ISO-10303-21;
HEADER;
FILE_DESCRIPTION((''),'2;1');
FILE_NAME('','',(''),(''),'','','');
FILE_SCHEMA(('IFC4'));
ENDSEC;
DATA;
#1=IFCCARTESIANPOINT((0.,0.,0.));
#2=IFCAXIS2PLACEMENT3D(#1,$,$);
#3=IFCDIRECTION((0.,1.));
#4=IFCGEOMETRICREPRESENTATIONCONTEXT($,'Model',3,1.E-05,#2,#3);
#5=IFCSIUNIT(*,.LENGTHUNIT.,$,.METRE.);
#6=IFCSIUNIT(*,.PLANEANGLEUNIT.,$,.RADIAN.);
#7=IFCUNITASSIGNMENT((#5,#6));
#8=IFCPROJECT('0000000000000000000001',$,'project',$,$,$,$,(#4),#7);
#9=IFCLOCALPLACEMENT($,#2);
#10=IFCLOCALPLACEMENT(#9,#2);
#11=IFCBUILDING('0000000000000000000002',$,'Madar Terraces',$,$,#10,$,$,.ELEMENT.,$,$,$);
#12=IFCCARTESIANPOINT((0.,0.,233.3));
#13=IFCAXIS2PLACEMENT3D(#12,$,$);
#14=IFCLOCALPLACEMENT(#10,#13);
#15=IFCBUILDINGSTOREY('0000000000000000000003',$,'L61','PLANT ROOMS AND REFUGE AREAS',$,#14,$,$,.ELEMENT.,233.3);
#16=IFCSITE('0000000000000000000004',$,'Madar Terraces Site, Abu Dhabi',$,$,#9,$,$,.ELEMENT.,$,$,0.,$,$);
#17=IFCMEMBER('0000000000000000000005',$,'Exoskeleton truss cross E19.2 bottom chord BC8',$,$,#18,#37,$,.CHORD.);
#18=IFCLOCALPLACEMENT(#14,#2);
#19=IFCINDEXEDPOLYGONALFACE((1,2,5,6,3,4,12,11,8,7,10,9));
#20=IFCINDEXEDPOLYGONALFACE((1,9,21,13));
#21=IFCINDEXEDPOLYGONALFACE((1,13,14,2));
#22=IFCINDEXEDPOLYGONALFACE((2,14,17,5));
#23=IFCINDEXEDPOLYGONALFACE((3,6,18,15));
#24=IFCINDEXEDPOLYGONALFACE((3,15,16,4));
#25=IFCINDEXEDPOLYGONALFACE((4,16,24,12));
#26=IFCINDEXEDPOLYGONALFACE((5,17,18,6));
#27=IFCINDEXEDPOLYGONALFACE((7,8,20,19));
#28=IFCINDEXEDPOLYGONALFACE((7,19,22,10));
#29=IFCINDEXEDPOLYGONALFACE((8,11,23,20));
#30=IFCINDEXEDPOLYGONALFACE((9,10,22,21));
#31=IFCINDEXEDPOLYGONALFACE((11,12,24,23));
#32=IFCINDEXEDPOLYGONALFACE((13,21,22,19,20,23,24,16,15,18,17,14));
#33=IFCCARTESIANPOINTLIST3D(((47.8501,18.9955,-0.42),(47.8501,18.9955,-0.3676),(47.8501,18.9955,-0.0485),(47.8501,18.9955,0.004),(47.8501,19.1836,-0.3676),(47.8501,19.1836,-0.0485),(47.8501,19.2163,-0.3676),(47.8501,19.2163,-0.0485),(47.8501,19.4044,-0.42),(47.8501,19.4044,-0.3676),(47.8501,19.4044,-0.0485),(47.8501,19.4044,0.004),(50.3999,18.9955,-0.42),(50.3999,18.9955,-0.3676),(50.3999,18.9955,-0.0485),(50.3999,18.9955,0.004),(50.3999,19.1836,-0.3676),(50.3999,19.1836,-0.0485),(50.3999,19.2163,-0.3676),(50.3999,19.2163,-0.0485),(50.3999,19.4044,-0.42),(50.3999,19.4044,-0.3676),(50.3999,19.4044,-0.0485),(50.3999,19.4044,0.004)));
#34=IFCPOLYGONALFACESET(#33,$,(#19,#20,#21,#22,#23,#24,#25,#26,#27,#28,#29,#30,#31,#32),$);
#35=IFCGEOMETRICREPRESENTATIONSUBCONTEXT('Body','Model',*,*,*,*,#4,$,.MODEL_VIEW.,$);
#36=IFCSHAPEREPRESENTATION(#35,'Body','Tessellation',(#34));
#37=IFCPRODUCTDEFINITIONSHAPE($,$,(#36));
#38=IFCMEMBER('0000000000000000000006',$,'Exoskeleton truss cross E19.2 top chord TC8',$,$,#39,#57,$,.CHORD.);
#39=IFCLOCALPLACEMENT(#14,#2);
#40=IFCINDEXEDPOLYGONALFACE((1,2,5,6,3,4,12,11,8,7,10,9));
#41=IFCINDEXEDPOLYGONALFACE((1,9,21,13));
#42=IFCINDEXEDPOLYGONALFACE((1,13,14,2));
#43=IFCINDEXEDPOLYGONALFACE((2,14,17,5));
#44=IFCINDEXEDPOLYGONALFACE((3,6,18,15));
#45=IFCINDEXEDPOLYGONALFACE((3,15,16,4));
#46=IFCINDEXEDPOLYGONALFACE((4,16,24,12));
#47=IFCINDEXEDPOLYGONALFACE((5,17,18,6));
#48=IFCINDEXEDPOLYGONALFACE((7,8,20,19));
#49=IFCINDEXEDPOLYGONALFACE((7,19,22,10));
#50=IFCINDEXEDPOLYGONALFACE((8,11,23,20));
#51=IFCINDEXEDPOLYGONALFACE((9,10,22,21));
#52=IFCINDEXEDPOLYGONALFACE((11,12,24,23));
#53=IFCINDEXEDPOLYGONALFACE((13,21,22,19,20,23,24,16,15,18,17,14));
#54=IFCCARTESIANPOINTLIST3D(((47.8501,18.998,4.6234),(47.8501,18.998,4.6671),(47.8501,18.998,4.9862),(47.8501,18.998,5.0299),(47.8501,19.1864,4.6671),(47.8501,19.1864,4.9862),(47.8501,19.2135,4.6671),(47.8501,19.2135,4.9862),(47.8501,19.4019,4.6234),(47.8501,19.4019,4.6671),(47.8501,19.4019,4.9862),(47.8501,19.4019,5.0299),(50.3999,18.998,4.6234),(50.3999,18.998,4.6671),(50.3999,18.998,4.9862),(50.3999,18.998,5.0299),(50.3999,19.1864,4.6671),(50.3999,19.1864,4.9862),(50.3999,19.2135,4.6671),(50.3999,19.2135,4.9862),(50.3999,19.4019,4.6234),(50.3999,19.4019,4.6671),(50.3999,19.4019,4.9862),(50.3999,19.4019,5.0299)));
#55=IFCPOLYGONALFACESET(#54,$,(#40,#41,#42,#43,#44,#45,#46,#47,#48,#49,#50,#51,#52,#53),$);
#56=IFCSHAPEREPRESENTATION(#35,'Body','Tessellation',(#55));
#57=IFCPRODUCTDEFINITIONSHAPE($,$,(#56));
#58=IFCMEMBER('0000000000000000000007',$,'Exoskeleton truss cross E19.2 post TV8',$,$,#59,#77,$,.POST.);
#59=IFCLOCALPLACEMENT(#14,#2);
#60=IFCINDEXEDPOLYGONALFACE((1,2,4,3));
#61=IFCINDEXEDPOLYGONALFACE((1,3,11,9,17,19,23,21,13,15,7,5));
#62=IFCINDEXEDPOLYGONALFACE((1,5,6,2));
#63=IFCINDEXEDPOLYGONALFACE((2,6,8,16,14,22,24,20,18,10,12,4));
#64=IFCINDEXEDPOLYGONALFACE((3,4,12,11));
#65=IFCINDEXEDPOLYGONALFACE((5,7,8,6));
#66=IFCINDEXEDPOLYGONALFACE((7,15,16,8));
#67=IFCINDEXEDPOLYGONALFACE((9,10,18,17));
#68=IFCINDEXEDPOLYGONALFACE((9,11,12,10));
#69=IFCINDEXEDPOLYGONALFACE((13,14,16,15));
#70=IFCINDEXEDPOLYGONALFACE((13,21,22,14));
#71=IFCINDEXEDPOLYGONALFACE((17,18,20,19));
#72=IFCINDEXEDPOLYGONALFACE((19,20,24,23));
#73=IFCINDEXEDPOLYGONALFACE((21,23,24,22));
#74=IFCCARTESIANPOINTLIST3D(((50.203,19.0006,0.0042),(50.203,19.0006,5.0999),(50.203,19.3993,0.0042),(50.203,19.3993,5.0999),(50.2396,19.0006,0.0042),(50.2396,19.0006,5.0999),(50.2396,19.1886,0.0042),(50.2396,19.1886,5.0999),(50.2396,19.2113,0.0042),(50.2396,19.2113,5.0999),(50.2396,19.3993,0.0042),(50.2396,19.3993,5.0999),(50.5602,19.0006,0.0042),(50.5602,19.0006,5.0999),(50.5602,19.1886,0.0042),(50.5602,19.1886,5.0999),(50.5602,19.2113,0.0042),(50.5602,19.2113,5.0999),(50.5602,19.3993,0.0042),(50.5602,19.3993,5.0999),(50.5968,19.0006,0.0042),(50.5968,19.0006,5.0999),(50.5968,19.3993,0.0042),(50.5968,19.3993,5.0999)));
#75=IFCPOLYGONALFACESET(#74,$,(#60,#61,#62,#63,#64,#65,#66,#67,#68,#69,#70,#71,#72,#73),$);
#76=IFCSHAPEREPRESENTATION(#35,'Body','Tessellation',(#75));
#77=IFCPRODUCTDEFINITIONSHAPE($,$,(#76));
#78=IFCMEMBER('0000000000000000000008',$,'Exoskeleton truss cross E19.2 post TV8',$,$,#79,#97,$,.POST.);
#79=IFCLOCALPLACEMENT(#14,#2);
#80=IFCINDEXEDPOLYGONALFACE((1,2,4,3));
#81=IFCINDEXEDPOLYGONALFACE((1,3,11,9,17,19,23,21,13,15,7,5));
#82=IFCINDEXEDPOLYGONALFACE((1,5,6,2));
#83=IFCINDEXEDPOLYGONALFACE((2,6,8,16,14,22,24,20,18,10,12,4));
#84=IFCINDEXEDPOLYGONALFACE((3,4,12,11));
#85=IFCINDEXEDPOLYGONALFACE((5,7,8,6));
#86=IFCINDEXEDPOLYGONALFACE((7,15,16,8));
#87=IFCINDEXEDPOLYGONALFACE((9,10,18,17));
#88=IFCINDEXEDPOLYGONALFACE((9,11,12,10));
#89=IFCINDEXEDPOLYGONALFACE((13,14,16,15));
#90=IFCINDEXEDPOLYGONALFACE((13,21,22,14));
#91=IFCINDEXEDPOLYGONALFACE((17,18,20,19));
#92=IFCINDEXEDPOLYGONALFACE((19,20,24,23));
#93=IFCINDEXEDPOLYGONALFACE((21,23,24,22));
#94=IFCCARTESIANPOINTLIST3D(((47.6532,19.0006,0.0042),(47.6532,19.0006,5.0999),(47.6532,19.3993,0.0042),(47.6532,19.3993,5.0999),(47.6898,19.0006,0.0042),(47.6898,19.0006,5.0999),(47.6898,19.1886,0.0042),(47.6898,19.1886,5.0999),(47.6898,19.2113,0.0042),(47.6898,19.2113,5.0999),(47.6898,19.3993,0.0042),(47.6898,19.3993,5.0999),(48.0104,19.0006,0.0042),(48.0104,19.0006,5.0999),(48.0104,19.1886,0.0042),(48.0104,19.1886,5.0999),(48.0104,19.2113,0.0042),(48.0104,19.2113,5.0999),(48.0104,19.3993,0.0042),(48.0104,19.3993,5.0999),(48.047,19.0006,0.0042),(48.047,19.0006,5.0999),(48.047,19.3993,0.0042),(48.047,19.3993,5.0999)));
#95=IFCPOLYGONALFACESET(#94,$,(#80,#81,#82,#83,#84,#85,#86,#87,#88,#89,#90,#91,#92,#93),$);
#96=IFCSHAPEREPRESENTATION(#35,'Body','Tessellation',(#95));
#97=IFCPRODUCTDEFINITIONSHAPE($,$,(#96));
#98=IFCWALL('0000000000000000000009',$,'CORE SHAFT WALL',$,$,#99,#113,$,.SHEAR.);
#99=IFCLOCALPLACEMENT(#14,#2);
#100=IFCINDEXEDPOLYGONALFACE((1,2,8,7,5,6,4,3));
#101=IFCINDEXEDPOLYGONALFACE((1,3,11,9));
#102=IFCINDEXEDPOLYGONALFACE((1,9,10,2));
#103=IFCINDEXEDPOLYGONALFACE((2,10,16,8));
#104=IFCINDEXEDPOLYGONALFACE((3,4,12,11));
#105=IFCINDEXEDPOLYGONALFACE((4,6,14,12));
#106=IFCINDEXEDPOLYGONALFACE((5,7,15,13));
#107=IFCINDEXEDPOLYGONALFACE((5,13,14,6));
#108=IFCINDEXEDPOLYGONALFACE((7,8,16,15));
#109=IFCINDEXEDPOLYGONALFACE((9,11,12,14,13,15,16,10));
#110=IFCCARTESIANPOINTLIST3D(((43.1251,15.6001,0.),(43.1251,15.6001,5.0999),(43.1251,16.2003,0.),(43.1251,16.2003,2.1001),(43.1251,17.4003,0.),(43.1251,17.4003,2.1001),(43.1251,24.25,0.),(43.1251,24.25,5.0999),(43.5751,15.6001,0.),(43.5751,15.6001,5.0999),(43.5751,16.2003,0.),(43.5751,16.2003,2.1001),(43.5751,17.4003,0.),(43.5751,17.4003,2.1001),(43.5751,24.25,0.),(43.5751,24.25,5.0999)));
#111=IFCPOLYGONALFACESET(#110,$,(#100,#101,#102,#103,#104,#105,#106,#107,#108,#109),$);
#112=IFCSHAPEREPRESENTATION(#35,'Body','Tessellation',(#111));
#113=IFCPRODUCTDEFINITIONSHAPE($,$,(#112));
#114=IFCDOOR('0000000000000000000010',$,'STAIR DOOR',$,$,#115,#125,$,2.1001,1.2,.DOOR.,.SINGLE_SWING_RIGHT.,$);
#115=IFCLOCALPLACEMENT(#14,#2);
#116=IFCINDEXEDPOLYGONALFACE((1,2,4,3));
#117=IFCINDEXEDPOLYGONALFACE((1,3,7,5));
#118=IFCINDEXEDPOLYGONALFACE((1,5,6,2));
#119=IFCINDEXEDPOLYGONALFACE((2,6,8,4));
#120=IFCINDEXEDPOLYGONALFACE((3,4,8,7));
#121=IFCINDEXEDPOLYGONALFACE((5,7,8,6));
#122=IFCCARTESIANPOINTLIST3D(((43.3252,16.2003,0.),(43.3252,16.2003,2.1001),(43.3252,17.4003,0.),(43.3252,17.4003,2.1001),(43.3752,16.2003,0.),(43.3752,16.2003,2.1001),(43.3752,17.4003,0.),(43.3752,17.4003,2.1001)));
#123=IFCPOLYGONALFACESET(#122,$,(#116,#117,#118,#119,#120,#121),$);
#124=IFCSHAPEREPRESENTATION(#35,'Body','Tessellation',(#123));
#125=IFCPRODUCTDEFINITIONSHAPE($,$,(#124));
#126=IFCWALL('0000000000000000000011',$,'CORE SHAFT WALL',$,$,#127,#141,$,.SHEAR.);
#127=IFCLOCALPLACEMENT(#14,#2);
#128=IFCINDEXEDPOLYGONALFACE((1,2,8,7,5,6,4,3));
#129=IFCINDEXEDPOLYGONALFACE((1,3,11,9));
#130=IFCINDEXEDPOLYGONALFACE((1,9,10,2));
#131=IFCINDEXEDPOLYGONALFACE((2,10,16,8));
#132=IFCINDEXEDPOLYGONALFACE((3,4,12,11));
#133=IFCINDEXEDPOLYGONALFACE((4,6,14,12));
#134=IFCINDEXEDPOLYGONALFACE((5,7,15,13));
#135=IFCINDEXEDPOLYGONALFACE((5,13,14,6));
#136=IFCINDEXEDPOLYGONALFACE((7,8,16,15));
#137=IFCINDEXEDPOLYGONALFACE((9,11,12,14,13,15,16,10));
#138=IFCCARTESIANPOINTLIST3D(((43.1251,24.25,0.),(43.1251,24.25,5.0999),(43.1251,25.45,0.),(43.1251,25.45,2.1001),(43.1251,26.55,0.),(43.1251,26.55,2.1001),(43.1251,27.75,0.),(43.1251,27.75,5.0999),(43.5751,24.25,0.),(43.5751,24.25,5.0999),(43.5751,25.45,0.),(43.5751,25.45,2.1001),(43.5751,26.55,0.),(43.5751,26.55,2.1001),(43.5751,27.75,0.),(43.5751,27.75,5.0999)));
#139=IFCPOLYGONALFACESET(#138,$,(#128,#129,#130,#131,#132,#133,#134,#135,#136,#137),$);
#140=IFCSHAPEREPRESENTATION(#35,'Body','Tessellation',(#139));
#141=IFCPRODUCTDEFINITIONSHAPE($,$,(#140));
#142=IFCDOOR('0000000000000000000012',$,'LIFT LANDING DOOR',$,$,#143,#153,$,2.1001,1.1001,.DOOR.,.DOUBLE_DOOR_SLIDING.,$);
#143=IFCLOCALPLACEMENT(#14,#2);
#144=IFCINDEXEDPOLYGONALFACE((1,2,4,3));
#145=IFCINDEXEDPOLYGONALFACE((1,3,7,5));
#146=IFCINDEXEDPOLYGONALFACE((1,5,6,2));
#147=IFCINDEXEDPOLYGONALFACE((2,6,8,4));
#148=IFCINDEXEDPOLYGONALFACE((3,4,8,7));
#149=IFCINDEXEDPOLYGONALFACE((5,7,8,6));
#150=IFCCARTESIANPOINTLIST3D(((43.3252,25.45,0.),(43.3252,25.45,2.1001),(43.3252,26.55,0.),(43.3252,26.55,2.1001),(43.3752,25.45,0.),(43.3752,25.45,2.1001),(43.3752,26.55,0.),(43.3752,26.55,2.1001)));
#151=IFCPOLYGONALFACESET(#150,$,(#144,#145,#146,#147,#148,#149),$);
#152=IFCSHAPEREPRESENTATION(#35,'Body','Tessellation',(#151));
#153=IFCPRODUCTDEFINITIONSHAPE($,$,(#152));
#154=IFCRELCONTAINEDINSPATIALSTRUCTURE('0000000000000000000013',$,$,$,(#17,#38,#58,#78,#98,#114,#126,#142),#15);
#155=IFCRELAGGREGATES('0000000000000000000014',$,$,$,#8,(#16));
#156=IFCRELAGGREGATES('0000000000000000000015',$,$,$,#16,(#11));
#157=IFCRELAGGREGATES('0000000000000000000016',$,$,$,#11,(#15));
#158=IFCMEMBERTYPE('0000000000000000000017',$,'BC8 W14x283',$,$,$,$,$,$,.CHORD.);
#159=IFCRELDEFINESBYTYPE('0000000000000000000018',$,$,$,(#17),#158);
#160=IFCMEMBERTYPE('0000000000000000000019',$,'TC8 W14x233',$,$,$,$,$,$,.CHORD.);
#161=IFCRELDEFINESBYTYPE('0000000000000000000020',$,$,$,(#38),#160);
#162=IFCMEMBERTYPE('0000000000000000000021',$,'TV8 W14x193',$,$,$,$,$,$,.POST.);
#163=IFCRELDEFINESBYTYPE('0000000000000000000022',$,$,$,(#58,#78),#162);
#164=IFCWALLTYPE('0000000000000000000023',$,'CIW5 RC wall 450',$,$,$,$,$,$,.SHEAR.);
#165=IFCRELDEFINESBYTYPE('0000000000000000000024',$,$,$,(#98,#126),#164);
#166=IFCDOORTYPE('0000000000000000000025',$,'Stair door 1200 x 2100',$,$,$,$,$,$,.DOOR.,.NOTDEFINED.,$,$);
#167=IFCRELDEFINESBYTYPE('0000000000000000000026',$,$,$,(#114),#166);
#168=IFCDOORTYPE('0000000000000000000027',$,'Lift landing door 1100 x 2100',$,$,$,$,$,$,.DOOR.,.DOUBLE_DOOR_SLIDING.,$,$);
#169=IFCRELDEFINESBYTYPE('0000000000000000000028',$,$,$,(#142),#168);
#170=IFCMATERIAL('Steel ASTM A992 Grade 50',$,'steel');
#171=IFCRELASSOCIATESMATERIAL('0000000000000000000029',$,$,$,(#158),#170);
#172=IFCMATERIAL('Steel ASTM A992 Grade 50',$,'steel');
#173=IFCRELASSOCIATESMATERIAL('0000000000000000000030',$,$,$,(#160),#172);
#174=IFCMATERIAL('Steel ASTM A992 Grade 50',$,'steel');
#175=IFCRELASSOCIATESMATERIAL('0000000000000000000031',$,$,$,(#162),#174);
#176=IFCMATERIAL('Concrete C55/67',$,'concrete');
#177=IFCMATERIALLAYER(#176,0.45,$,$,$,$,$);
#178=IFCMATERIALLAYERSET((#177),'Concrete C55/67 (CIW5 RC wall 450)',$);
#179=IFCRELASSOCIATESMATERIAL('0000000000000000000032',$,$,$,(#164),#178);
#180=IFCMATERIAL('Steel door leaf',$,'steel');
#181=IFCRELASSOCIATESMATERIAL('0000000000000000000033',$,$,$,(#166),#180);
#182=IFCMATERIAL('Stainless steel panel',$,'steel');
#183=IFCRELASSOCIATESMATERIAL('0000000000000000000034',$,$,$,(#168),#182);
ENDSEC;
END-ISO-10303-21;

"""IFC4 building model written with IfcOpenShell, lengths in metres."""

from ifc_helpers import new_model, si_unit, direction, frame, frame_2d, origin, origin_2d, place, context, subcontext, project, spatial, rectangle, i_section, extrude, material, layer, layer_set, material_profile, profile_set, type_object, element, fill, save


model = new_model("IFC4")

# Units and contexts
model_context = context("Model", 3, precision=1e-05, world=origin(), true_north=direction((0.0, 1.0)))
body_context = subcontext(model_context, "Body", "Model", "MODEL_VIEW")
ifc_project = project(units=[si_unit("LENGTHUNIT", "METRE"), si_unit("PLANEANGLEUNIT", "RADIAN")], contexts=[model_context])

# Site, building, storey
site_placement = place(None, origin())
site = spatial("IfcSite", under=ifc_project, at=site_placement, Name="Madar Terraces Site, Abu Dhabi", CompositionType="ELEMENT", RefElevation=0.0)
building_placement = place(site_placement, origin())
building = spatial("IfcBuilding", under=site, at=building_placement, Name="Madar Terraces", CompositionType="ELEMENT")
storey_placement = place(building_placement, frame((0.0, 0.0, 233.3)))
storey = spatial("IfcBuildingStorey", under=building, at=storey_placement, Name="L61", Description="PLANT ROOMS AND REFUGE AREAS", CompositionType="ELEMENT", Elevation=233.3)

# Members
ifc_material_1 = material(Name="Steel ASTM A992 Grade 50", Category="steel")
ifc_material_profile_1 = material_profile(ifc_material_1, i_section(OverallWidth=0.4089, OverallDepth=0.4241, WebThickness=0.0327, FlangeThickness=0.0525, at=origin_2d()), Name="W14x283")
ifc_profile_set_1 = profile_set([ifc_material_profile_1], Name="Steel ASTM A992 Grade 50")
member_type_1 = type_object("IfcMemberType", Name="BC8 W14x283", PredefinedType="CHORD", material=ifc_profile_set_1)
member_1_placement = place(storey_placement, frame((50.3999, 19.2, -0.208), z_axis=(-1.0, 0.0, 0.0), x_axis=(0.0, -1.0, 0.0)))
element("IfcMember", 1, at=member_1_placement, inside=storey, type_object=member_type_1, Name="Exoskeleton truss cross E19.2 bottom chord BC8", PredefinedType="CHORD", context=body_context, shape_type="SweptSolid", body=[
    extrude(i_section(OverallWidth=0.4089, OverallDepth=0.4241, WebThickness=0.0327, FlangeThickness=0.0525, at=origin_2d()), origin(), (0.0, 0.0, 1.0), 2.5498),
])
ifc_material_2 = material(Name="Steel ASTM A992 Grade 50", Category="steel")
ifc_material_profile_2 = material_profile(ifc_material_2, i_section(OverallWidth=0.4038, OverallDepth=0.4065, WebThickness=0.0271, FlangeThickness=0.0437, at=origin_2d()), Name="W14x233")
ifc_profile_set_2 = profile_set([ifc_material_profile_2], Name="Steel ASTM A992 Grade 50")
member_type_2 = type_object("IfcMemberType", Name="TC8 W14x233", PredefinedType="CHORD", material=ifc_profile_set_2)
member_2_placement = place(storey_placement, frame((50.3999, 19.2, 4.8267), z_axis=(-1.0, 0.0, 0.0), x_axis=(0.0, -1.0, 0.0)))
element("IfcMember", 2, at=member_2_placement, inside=storey, type_object=member_type_2, Name="Exoskeleton truss cross E19.2 top chord TC8", PredefinedType="CHORD", context=body_context, shape_type="SweptSolid", body=[
    extrude(i_section(OverallWidth=0.4038, OverallDepth=0.4065, WebThickness=0.0271, FlangeThickness=0.0437, at=origin_2d()), origin(), (0.0, 0.0, 1.0), 2.5498),
])
ifc_material_3 = material(Name="Steel ASTM A992 Grade 50", Category="steel")
ifc_material_profile_3 = material_profile(ifc_material_3, i_section(OverallWidth=0.3987, OverallDepth=0.3938, WebThickness=0.0227, FlangeThickness=0.0366, at=origin_2d()), Name="W14x193")
ifc_profile_set_3 = profile_set([ifc_material_profile_3], Name="Steel ASTM A992 Grade 50")
member_type_3 = type_object("IfcMemberType", Name="TV8 W14x193", PredefinedType="POST", material=ifc_profile_set_3)
for number, where, z_axis, x_axis, name in (
    (3, (50.3999, 19.2, 0.0042), (0.0, 0.0, 1.0), (0.0, 1.0, 0.0), "Exoskeleton truss cross E19.2 post TV8"),
    (4, (47.8501, 19.2, 0.0042), (0.0, 0.0, 1.0), (0.0, 1.0, 0.0), "Exoskeleton truss cross E19.2 post TV8"),
):
    element("IfcMember", number, at=place(storey_placement, frame(where, z_axis=z_axis, x_axis=x_axis)), inside=storey, type_object=member_type_3, Name=name, PredefinedType="POST", context=body_context, shape_type="SweptSolid", body=[
        extrude(i_section(OverallWidth=0.3987, OverallDepth=0.3938, WebThickness=0.0227, FlangeThickness=0.0366, at=origin_2d()), origin(), (0.0, 0.0, 1.0), 5.0957),
    ])

# Walls, openings, doors
ifc_material_4 = material(Name="Concrete C55/67", Category="concrete")
ifc_layer_1 = layer(ifc_material_4, 0.45)
ifc_layer_set_1 = layer_set([ifc_layer_1], Name="Concrete C55/67 (CIW5 RC wall 450)")
wall_type_1 = type_object("IfcWallType", Name="CIW5 RC wall 450", PredefinedType="SHEAR", material=ifc_layer_set_1)
wall_1_placement = place(storey_placement, frame((43.3501, 15.6001, 0.0), z_axis=(0.0, 0.0, 1.0), x_axis=(0.0, 1.0, 0.0)))
wall_1 = element("IfcWall", 5, at=wall_1_placement, inside=storey, type_object=wall_type_1, Name="CORE SHAFT WALL", PredefinedType="SHEAR", context=body_context, shape_type="SweptSolid", body=[
    extrude(rectangle(XDim=8.6499, YDim=0.45, at=frame_2d((4.325, 0.0))), origin(), (0.0, 0.0, 1.0), 5.0999),
])
opening_1_placement = place(wall_1_placement, frame((0.6001, 0.0, 0.0)))
opening_1 = element("IfcOpeningElement", 6, at=opening_1_placement, cuts=wall_1, PredefinedType="OPENING", context=body_context, shape_type="SweptSolid", body=[
    extrude(rectangle(XDim=1.2, YDim=2.1001, at=frame_2d((0.6001, 1.05))), frame((0.0, 0.2349, 0.0), z_axis=(0.0, -1.0, 0.0), x_axis=(1.0, 0.0, 0.0)), (0.0, 0.0, 1.0), 0.47),
])
ifc_material_5 = material(Name="Steel door leaf", Category="steel")
door_type_1 = type_object("IfcDoorType", Name="Stair door 1200 x 2100", OperationType="NOTDEFINED", PredefinedType="DOOR", material=ifc_material_5)
door_1_placement = place(opening_1_placement, origin())
door_1 = element("IfcDoor", 7, at=door_1_placement, inside=storey, type_object=door_type_1, Name="STAIR DOOR", OperationType="SINGLE_SWING_RIGHT", OverallHeight=2.1001, OverallWidth=1.2, PredefinedType="DOOR", context=body_context, shape_type="SweptSolid", body=[
    extrude(rectangle(XDim=1.2, YDim=2.1001, at=frame_2d((0.6001, 1.05))), frame((0.0, 0.0249, 0.0), z_axis=(0.0, -1.0, 0.0), x_axis=(1.0, 0.0, 0.0)), (0.0, 0.0, 1.0), 0.05),
])
fill(opening_1, door_1)
wall_2_placement = place(storey_placement, frame((43.3501, 24.25, 0.0), z_axis=(0.0, 0.0, 1.0), x_axis=(0.0, 1.0, 0.0)))
wall_2 = element("IfcWall", 8, at=wall_2_placement, inside=storey, type_object=wall_type_1, Name="CORE SHAFT WALL", PredefinedType="SHEAR", context=body_context, shape_type="SweptSolid", body=[
    extrude(rectangle(XDim=3.5, YDim=0.45, at=frame_2d((1.75, 0.0))), origin(), (0.0, 0.0, 1.0), 5.0999),
])
opening_2_placement = place(wall_2_placement, frame((1.2, 0.0, 0.0)))
opening_2 = element("IfcOpeningElement", 9, at=opening_2_placement, cuts=wall_2, PredefinedType="OPENING", context=body_context, shape_type="SweptSolid", body=[
    extrude(rectangle(XDim=1.1001, YDim=2.1001, at=frame_2d((0.55, 1.05))), frame((0.0, 0.2349, 0.0), z_axis=(0.0, -1.0, 0.0), x_axis=(1.0, 0.0, 0.0)), (0.0, 0.0, 1.0), 0.47),
])
ifc_material_6 = material(Name="Stainless steel panel", Category="steel")
door_type_2 = type_object("IfcDoorType", Name="Lift landing door 1100 x 2100", OperationType="DOUBLE_DOOR_SLIDING", PredefinedType="DOOR", material=ifc_material_6)
door_2_placement = place(opening_2_placement, origin())
door_2 = element("IfcDoor", 10, at=door_2_placement, inside=storey, type_object=door_type_2, Name="LIFT LANDING DOOR", OperationType="DOUBLE_DOOR_SLIDING", OverallHeight=2.1001, OverallWidth=1.1001, PredefinedType="DOOR", context=body_context, shape_type="SweptSolid", body=[
    extrude(rectangle(XDim=1.1001, YDim=2.1001, at=frame_2d((0.55, 1.05))), frame((0.0, 0.0249, 0.0), z_axis=(0.0, -1.0, 0.0), x_axis=(1.0, 0.0, 0.0)), (0.0, 0.0, 1.0), 0.05),
])
fill(opening_2, door_2)

save(model, "model.ifc")
